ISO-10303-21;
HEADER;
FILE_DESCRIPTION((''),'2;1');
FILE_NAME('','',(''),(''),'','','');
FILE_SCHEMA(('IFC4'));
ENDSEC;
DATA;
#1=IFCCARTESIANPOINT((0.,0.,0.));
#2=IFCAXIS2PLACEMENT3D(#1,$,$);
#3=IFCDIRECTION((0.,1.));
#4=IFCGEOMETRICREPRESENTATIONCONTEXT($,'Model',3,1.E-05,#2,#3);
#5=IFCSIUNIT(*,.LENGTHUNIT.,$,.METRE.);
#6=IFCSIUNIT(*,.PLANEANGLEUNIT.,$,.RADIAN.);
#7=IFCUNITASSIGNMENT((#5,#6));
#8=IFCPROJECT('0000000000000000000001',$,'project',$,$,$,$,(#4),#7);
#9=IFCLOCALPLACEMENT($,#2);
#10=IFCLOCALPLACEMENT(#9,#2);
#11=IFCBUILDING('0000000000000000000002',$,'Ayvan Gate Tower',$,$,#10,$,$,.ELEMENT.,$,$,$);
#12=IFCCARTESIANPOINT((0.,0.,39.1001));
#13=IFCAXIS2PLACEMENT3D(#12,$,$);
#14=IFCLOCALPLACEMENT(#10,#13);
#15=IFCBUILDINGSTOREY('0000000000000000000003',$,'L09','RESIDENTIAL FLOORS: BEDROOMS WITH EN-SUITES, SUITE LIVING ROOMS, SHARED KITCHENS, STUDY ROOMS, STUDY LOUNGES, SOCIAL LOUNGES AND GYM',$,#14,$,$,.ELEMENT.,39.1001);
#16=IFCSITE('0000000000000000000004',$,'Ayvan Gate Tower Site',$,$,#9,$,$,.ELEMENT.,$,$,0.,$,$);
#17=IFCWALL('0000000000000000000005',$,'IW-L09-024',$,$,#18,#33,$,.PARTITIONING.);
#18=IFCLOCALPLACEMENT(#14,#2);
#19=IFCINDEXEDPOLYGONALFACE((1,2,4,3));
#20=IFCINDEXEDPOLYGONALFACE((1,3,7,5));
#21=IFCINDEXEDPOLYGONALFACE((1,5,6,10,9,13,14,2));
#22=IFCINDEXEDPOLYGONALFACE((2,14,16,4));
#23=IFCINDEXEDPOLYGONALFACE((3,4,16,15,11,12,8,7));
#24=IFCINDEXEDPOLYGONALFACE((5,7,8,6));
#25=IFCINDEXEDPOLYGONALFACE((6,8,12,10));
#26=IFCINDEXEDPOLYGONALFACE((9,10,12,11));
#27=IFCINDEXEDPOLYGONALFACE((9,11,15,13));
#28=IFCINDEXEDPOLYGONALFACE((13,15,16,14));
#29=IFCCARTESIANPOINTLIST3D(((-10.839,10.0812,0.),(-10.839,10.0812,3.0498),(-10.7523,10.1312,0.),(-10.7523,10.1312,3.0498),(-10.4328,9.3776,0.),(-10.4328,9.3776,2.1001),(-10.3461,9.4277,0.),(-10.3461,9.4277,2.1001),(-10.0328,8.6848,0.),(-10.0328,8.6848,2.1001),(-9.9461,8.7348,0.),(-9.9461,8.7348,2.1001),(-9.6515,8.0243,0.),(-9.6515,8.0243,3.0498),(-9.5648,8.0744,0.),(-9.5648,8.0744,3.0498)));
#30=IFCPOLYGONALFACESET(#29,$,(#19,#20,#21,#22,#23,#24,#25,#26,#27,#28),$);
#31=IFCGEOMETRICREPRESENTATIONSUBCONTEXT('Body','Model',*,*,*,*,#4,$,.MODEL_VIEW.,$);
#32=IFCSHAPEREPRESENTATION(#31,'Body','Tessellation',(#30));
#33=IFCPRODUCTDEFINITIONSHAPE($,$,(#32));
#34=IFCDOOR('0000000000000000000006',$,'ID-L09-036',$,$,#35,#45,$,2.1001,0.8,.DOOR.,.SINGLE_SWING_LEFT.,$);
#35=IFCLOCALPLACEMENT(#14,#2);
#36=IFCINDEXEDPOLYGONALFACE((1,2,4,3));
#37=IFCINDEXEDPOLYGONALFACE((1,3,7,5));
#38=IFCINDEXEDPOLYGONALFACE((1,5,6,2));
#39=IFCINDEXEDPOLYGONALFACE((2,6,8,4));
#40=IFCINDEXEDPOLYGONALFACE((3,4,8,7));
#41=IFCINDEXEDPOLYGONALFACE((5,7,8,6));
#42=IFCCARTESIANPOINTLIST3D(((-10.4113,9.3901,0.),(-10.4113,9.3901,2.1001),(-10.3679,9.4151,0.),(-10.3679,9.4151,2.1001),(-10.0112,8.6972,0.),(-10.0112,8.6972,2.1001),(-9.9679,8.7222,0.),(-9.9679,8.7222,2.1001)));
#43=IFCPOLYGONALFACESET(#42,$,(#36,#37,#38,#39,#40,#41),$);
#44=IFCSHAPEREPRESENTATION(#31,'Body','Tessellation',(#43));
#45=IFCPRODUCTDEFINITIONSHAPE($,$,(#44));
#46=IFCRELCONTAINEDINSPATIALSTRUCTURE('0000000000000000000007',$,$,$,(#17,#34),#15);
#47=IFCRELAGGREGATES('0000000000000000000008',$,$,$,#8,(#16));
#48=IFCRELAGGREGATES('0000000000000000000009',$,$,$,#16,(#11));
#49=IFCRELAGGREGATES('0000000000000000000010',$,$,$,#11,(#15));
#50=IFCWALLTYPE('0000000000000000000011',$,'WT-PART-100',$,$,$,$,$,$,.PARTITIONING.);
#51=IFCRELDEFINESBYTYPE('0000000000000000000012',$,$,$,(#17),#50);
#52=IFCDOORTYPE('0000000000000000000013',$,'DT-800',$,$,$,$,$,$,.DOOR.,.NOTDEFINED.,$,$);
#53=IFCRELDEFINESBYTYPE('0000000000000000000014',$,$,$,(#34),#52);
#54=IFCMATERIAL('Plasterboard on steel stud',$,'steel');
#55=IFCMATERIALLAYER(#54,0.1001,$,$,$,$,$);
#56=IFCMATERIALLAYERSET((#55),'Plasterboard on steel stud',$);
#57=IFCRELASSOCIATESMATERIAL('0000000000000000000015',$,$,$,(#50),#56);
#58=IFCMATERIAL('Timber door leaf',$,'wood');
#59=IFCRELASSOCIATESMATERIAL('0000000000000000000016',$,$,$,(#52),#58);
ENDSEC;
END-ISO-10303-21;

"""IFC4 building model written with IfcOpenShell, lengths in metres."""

from ifc_helpers import new_model, si_unit, direction, frame, frame_2d, origin, place, context, subcontext, project, spatial, rectangle, extrude, material, layer, layer_set, type_object, element, fill, save


model = new_model("IFC4")

# Units and contexts
model_context = context("Model", 3, precision=1e-05, world=origin(), true_north=direction((0.0, 1.0)))
body_context = subcontext(model_context, "Body", "Model", "MODEL_VIEW")
ifc_project = project(units=[si_unit("LENGTHUNIT", "METRE"), si_unit("PLANEANGLEUNIT", "RADIAN")], contexts=[model_context])

# Site, building, storey
site_placement = place(None, origin())
site = spatial("IfcSite", under=ifc_project, at=site_placement, Name="Ayvan Gate Tower Site", CompositionType="ELEMENT", RefElevation=0.0)
building_placement = place(site_placement, origin())
building = spatial("IfcBuilding", under=site, at=building_placement, Name="Ayvan Gate Tower", CompositionType="ELEMENT")
storey_placement = place(building_placement, frame((0.0, 0.0, 39.1001)))
storey = spatial("IfcBuildingStorey", under=building, at=storey_placement, Name="L09", Description="RESIDENTIAL FLOORS: BEDROOMS WITH EN-SUITES, SUITE LIVING ROOMS, SHARED KITCHENS, STUDY ROOMS, STUDY LOUNGES, SOCIAL LOUNGES AND GYM", CompositionType="ELEMENT", Elevation=39.1001)

# Shared definitions
ifc_material_1 = material(Name="Timber door leaf", Category="wood")
ifc_material_2 = material(Name="Plasterboard on steel stud", Category="steel")

# Shared definitions
ifc_layer_1 = layer(ifc_material_2, 0.1001)
ifc_layer_set_1 = layer_set([ifc_layer_1], Name="Plasterboard on steel stud")
wall_type_1 = type_object("IfcWallType", Name="WT-PART-100", PredefinedType="PARTITIONING", material=ifc_layer_set_1)

# Wall, opening, door
wall_1_placement = place(storey_placement, frame((-10.7957, 10.1062, 0.0), z_axis=(0.0, 0.0, 1.0), x_axis=(0.499986, -0.866033, 0.0)))
wall_1 = element("IfcWall", 1, at=wall_1_placement, inside=storey, type_object=wall_type_1, Name="IW-L09-024", PredefinedType="PARTITIONING", context=body_context, shape_type="SweptSolid", body=[
    extrude(rectangle(XDim=2.375, YDim=0.1001, at=frame_2d((1.1875, 0.0))), origin(), (0.0, 0.0, 1.0), 3.0498),
])
opening_1_placement = place(wall_1_placement, frame((0.8125, 0.0, 0.0)))
opening_1 = element("IfcOpeningElement", 2, at=opening_1_placement, cuts=wall_1, PredefinedType="OPENING", context=body_context, shape_type="SweptSolid", body=[
    extrude(rectangle(XDim=0.8, YDim=2.1001, at=frame_2d((0.3999, 1.05))), frame((0.0, 0.0601, 0.0), z_axis=(0.0, -1.0, 0.0), x_axis=(1.0, 0.0, 0.0)), (0.0, 0.0, 1.0), 0.1201),
])
door_type_1 = type_object("IfcDoorType", Name="DT-800", OperationType="NOTDEFINED", PredefinedType="DOOR", material=ifc_material_1)
door_1_placement = place(opening_1_placement, origin())
door_1 = element("IfcDoor", 3, at=door_1_placement, inside=storey, type_object=door_type_1, Name="ID-L09-036", OperationType="SINGLE_SWING_LEFT", OverallHeight=2.1001, OverallWidth=0.8, PredefinedType="DOOR", context=body_context, shape_type="SweptSolid", body=[
    extrude(rectangle(XDim=0.8, YDim=2.1001, at=frame_2d((0.3999, 1.05))), frame((0.0, 0.0249, 0.0), z_axis=(0.0, -1.0, 0.0), x_axis=(1.0, 0.0, 0.0)), (0.0, 0.0, 1.0), 0.05),
])
fill(opening_1, door_1)

save(model, "model.ifc")
